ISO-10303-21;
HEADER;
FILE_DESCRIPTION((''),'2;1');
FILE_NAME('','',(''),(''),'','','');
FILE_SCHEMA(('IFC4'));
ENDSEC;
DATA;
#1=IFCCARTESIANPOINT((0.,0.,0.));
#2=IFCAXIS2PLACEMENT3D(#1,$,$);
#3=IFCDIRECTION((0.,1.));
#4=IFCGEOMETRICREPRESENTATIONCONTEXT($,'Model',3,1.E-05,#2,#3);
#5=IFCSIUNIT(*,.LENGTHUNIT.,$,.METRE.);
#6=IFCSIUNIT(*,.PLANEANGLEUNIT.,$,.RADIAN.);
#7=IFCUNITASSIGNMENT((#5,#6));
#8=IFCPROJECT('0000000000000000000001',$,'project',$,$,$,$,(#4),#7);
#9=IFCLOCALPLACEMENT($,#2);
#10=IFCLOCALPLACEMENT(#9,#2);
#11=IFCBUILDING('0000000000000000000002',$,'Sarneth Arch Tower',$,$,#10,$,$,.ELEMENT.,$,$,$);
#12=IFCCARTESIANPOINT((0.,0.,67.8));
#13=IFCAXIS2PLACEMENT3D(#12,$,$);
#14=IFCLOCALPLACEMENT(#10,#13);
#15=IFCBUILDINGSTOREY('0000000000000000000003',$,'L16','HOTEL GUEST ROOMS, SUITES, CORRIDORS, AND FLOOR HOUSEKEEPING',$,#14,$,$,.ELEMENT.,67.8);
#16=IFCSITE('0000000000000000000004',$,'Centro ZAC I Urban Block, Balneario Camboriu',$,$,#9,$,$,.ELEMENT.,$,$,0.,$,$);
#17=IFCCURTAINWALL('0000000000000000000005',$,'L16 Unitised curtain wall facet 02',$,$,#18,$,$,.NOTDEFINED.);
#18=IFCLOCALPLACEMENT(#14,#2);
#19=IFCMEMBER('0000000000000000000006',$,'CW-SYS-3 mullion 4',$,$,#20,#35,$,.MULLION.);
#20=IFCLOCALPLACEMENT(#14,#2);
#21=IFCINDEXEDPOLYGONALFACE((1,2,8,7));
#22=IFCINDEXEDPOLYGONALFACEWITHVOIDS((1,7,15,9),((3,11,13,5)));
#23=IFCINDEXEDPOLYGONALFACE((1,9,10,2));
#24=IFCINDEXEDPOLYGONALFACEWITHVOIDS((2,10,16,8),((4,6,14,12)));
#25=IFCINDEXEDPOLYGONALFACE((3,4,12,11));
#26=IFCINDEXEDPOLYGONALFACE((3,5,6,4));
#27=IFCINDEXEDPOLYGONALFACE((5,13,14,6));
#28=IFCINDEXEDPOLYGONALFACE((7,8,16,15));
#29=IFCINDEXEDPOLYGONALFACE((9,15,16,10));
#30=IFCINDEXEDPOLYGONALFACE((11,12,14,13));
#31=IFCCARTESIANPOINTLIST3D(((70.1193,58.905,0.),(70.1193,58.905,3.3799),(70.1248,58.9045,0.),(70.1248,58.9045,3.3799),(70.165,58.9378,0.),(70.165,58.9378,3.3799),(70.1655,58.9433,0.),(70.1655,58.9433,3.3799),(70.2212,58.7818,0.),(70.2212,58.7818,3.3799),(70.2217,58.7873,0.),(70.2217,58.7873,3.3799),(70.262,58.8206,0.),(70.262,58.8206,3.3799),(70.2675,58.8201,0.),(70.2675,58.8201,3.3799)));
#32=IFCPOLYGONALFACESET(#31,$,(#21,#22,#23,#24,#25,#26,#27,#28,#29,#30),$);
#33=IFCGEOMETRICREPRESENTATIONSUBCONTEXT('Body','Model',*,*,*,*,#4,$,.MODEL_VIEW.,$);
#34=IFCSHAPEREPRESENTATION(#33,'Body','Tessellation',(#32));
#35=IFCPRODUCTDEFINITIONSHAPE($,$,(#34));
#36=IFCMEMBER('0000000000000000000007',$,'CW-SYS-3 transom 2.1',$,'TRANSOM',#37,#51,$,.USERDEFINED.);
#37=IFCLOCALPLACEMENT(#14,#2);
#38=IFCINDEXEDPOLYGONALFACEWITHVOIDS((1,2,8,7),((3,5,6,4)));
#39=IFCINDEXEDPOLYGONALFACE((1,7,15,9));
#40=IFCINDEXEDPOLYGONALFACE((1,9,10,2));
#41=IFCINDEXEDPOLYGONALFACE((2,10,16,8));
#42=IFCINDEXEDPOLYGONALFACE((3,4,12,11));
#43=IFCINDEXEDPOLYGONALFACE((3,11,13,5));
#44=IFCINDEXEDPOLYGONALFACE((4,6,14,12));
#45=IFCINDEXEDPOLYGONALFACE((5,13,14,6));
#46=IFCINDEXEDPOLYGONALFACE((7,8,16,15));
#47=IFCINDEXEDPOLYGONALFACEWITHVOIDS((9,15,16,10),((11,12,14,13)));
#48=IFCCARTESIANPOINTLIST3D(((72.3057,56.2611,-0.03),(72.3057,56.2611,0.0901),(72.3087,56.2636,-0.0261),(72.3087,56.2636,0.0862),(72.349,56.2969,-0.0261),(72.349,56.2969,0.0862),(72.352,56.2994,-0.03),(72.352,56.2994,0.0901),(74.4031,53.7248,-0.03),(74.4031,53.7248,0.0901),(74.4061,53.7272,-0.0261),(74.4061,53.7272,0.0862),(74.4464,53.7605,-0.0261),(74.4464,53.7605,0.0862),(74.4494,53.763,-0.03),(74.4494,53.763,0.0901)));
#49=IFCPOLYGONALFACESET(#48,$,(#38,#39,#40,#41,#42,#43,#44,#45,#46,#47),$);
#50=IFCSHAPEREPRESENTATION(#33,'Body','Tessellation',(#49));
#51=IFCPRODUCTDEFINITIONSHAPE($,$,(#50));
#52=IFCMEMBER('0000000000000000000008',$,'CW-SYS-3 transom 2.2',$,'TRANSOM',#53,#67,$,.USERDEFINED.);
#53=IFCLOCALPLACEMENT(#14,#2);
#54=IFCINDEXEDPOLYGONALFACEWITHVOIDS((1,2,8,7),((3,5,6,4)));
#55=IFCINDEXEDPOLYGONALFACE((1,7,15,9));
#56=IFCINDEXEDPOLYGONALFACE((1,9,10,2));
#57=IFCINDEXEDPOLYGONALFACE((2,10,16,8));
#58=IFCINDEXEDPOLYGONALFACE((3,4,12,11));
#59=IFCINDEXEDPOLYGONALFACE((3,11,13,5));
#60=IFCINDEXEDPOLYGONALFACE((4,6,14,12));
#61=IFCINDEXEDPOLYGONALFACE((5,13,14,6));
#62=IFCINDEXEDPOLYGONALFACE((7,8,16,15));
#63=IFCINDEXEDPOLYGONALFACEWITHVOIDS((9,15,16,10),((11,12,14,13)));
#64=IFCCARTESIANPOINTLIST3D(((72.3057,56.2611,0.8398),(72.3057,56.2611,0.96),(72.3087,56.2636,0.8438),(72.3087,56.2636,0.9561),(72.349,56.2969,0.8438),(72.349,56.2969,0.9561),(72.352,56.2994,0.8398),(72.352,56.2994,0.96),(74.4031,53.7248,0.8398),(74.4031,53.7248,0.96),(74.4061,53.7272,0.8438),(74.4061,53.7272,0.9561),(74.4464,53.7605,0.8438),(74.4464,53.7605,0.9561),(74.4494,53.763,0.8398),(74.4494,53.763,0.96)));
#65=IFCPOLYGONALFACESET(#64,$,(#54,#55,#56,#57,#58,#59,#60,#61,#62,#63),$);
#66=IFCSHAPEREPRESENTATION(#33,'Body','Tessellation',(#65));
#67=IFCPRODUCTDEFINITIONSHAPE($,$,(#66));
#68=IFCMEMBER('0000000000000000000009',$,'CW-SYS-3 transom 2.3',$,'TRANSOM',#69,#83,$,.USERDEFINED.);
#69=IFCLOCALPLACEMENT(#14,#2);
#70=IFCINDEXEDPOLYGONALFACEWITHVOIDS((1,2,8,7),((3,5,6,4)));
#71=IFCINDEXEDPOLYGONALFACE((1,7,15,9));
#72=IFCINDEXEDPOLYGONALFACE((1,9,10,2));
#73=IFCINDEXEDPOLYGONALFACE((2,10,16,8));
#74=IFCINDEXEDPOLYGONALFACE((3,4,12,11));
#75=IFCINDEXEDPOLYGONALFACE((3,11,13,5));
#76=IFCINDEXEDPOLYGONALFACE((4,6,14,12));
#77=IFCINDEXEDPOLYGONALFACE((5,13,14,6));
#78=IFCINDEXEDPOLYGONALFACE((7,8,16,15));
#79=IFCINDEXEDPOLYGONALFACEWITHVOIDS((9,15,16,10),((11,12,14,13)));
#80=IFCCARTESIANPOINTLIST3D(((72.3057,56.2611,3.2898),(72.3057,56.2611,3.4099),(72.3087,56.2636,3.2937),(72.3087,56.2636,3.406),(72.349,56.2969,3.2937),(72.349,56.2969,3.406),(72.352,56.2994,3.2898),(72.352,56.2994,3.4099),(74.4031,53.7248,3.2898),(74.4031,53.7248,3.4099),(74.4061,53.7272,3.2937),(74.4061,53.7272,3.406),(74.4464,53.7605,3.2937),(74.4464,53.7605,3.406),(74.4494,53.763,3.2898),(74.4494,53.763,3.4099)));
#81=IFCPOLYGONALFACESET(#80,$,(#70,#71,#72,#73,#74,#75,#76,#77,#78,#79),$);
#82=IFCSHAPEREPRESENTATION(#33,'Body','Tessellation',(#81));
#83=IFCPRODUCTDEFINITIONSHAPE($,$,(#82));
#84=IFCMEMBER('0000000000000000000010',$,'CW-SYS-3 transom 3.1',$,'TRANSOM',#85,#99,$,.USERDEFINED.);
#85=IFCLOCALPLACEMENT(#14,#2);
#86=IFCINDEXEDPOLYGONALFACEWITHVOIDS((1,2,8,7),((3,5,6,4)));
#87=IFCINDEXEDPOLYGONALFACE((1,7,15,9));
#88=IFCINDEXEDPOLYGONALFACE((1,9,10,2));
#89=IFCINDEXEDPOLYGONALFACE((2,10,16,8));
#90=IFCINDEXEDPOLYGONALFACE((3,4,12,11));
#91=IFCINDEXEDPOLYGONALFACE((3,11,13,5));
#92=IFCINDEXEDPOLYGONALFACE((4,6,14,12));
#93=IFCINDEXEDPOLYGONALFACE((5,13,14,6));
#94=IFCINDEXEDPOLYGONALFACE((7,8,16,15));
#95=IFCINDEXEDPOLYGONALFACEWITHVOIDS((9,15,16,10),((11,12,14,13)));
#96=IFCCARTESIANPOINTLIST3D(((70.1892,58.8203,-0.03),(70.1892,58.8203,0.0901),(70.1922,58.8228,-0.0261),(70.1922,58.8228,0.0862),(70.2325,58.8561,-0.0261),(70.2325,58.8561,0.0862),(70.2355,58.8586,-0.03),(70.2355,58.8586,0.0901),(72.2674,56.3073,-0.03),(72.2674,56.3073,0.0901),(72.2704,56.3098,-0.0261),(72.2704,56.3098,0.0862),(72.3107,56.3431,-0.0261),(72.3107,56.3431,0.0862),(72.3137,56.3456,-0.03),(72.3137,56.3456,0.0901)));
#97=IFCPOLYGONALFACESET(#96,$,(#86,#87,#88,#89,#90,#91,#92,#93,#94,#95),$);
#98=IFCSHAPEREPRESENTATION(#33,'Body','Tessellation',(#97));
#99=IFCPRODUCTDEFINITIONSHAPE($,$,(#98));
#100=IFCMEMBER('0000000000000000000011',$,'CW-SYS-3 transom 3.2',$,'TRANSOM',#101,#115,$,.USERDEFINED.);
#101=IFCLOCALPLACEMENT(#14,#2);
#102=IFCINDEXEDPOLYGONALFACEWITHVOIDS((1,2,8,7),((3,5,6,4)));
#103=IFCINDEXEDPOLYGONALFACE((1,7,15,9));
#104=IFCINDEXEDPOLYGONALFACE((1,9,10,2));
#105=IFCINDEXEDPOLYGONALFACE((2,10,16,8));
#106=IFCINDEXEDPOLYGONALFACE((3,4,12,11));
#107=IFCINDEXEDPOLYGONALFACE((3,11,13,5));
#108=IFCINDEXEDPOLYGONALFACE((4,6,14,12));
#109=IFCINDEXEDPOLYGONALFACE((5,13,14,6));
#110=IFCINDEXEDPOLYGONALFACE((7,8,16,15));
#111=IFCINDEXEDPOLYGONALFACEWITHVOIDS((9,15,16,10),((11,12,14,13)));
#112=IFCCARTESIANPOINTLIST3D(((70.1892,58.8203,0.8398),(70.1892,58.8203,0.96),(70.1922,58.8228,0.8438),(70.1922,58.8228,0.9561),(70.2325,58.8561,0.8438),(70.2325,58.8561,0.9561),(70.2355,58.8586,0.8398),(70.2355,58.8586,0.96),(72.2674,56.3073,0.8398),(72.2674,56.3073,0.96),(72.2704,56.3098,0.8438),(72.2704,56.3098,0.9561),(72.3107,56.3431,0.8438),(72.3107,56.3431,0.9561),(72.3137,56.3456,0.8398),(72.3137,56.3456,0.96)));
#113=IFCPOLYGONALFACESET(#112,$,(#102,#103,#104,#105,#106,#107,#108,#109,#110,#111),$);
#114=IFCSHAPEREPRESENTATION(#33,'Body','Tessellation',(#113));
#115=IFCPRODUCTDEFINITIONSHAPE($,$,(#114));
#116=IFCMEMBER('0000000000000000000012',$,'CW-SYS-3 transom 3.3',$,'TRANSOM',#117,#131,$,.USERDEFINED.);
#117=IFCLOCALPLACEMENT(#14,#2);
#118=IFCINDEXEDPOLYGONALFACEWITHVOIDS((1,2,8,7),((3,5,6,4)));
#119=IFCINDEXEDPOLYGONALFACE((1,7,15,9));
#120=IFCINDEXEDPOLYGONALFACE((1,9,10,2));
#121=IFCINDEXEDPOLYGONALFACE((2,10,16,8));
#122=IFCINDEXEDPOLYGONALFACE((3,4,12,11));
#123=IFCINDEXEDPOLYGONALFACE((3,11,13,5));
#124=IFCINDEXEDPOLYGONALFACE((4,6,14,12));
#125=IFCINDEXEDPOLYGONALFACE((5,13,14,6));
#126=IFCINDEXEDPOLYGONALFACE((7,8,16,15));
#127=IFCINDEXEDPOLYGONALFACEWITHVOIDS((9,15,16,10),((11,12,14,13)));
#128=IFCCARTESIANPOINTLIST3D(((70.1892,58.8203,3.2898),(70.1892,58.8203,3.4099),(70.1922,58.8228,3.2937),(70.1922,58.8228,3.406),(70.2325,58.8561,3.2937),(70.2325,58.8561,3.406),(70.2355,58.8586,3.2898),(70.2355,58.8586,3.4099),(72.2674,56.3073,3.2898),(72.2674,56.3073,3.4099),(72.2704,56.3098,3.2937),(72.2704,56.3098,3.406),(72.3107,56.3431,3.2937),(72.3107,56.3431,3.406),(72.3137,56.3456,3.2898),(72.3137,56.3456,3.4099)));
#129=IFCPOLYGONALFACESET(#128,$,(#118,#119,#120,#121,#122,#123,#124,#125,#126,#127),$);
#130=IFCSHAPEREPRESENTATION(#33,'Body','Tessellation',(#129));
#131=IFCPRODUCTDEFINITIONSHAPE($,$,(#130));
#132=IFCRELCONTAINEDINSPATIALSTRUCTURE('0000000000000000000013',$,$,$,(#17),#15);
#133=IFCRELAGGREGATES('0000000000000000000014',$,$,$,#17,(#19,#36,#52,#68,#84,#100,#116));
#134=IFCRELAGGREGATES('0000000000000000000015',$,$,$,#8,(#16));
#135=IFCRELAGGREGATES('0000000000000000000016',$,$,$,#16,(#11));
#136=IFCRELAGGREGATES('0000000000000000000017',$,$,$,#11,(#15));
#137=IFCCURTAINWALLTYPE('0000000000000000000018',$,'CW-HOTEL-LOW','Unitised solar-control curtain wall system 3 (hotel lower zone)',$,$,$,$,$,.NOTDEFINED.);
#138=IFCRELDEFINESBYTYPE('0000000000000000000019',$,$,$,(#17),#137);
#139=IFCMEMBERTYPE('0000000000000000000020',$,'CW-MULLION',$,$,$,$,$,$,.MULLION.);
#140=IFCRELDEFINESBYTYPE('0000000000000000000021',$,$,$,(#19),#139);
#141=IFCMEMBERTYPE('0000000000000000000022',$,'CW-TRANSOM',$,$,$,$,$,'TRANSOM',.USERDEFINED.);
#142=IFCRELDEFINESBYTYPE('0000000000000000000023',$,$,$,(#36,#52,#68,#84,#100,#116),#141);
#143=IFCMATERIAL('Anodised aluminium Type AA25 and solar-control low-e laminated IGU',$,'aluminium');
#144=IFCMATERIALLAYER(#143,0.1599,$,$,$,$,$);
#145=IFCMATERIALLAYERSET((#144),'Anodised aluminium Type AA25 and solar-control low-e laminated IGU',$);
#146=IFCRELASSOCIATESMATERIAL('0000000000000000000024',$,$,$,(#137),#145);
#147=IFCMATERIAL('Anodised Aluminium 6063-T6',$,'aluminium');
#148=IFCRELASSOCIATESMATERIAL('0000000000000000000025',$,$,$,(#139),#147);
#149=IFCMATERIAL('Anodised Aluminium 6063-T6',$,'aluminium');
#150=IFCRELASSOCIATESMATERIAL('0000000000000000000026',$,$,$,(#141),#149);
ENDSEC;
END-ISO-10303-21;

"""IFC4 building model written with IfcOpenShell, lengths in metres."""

from ifc_helpers import new_model, si_unit, direction, frame, origin, origin_2d, place, context, subcontext, project, spatial, hollow_rectangle, extrude, material, layer, layer_set, material_profile, profile_set, type_object, element, aggregate, save


model = new_model("IFC4")

# Units and contexts
model_context = context("Model", 3, precision=1e-05, world=origin(), true_north=direction((0.0, 1.0)))
body_context = subcontext(model_context, "Body", "Model", "MODEL_VIEW")
ifc_project = project(units=[si_unit("LENGTHUNIT", "METRE"), si_unit("PLANEANGLEUNIT", "RADIAN")], contexts=[model_context])

# Site, building, storey
site_placement = place(None, origin())
site = spatial("IfcSite", under=ifc_project, at=site_placement, Name="Centro ZAC I Urban Block, Balneario Camboriu", CompositionType="ELEMENT", RefElevation=0.0)
building_placement = place(site_placement, origin())
building = spatial("IfcBuilding", under=site, at=building_placement, Name="Sarneth Arch Tower", CompositionType="ELEMENT")
storey_placement = place(building_placement, frame((0.0, 0.0, 67.8)))
storey = spatial("IfcBuildingStorey", under=building, at=storey_placement, Name="L16", Description="HOTEL GUEST ROOMS, SUITES, CORRIDORS, AND FLOOR HOUSEKEEPING", CompositionType="ELEMENT", Elevation=67.8)

# Curtain wall, members
ifc_material_1 = material(Name="Anodised aluminium Type AA25 and solar-control low-e laminated IGU", Category="aluminium")
ifc_layer_1 = layer(ifc_material_1, 0.1599)
ifc_layer_set_1 = layer_set([ifc_layer_1], Name="Anodised aluminium Type AA25 and solar-control low-e laminated IGU")
curtain_wall_type = type_object("IfcCurtainWallType", Name="CW-HOTEL-LOW", Description="Unitised solar-control curtain wall system 3 (hotel lower zone)", PredefinedType="NOTDEFINED", material=ifc_layer_set_1)
curtain_wall_placement = place(storey_placement, origin())
curtain_wall = element("IfcCurtainWall", 1, at=curtain_wall_placement, inside=storey, type_object=curtain_wall_type, Name="L16 Unitised curtain wall facet 02", PredefinedType="NOTDEFINED")
ifc_material_2 = material(Name="Anodised Aluminium 6063-T6", Category="aluminium")
ifc_material_profile_1 = material_profile(ifc_material_2, hollow_rectangle(XDim=0.0601, YDim=0.1599, WallThickness=0.0039, at=origin_2d()), Name="AL-MULL-160x60x4")
ifc_profile_set_1 = profile_set([ifc_material_profile_1], Name="Anodised Aluminium 6063-T6")
member_type_1 = type_object("IfcMemberType", Name="CW-MULLION", PredefinedType="MULLION", material=ifc_profile_set_1)
member_1_placement = place(storey_placement, frame((70.1934, 58.8625, 0.0), z_axis=(0.0, 0.0, 1.0), x_axis=(-0.770623, -0.637291, 0.0)))
member_1 = element("IfcMember", 2, at=member_1_placement, type_object=member_type_1, Name="CW-SYS-3 mullion 4", PredefinedType="MULLION", context=body_context, shape_type="SweptSolid", body=[
    extrude(hollow_rectangle(XDim=0.0601, YDim=0.1599, WallThickness=0.0039, at=origin_2d()), origin(), (0.0, 0.0, 1.0), 3.3799),
])
ifc_material_3 = material(Name="Anodised Aluminium 6063-T6", Category="aluminium")
ifc_material_profile_2 = material_profile(ifc_material_3, hollow_rectangle(XDim=0.0601, YDim=0.1201, WallThickness=0.0039, at=origin_2d()), Name="AL-TRAN-120x60x4")
ifc_profile_set_2 = profile_set([ifc_material_profile_2], Name="Anodised Aluminium 6063-T6")
member_type_2 = type_object("IfcMemberType", Name="CW-TRANSOM", ElementType="TRANSOM", PredefinedType="USERDEFINED", material=ifc_profile_set_2)
member_2_placement = place(storey_placement, frame((74.4263, 53.7439, 0.03), z_axis=(-0.637269, 0.770642, 0.0), x_axis=(-0.770642, -0.637269, 0.0)))
member_2 = element("IfcMember", 3, at=member_2_placement, type_object=member_type_2, Name="CW-SYS-3 transom 2.1", ObjectType="TRANSOM", PredefinedType="USERDEFINED", context=body_context, shape_type="SweptSolid", body=[
    extrude(hollow_rectangle(XDim=0.0601, YDim=0.1201, WallThickness=0.0039, at=origin_2d()), origin(), (0.0, 0.0, 1.0), 3.2913),
])
member_3_placement = place(storey_placement, frame((74.4263, 53.7439, 0.8999), z_axis=(-0.637269, 0.770642, 0.0), x_axis=(-0.770642, -0.637269, 0.0)))
member_3 = element("IfcMember", 4, at=member_3_placement, type_object=member_type_2, Name="CW-SYS-3 transom 2.2", ObjectType="TRANSOM", PredefinedType="USERDEFINED", context=body_context, shape_type="SweptSolid", body=[
    extrude(hollow_rectangle(XDim=0.0601, YDim=0.1201, WallThickness=0.0039, at=origin_2d()), origin(), (0.0, 0.0, 1.0), 3.2913),
])
member_4_placement = place(storey_placement, frame((74.4263, 53.7439, 3.3499), z_axis=(-0.637269, 0.770642, 0.0), x_axis=(-0.770642, -0.637269, 0.0)))
member_4 = element("IfcMember", 5, at=member_4_placement, type_object=member_type_2, Name="CW-SYS-3 transom 2.3", ObjectType="TRANSOM", PredefinedType="USERDEFINED", context=body_context, shape_type="SweptSolid", body=[
    extrude(hollow_rectangle(XDim=0.0601, YDim=0.1201, WallThickness=0.0039, at=origin_2d()), origin(), (0.0, 0.0, 1.0), 3.2913),
])
member_5_placement = place(storey_placement, frame((72.2905, 56.3264, 0.03), z_axis=(-0.637286, 0.770628, 0.0), x_axis=(-0.770628, -0.637286, 0.0)))
member_5 = element("IfcMember", 6, at=member_5_placement, type_object=member_type_2, Name="CW-SYS-3 transom 3.1", ObjectType="TRANSOM", PredefinedType="USERDEFINED", context=body_context, shape_type="SweptSolid", body=[
    extrude(hollow_rectangle(XDim=0.0601, YDim=0.1201, WallThickness=0.0039, at=origin_2d()), origin(), (0.0, 0.0, 1.0), 3.261),
])
member_6_placement = place(storey_placement, frame((72.2905, 56.3264, 0.8999), z_axis=(-0.637286, 0.770628, 0.0), x_axis=(-0.770628, -0.637286, 0.0)))
member_6 = element("IfcMember", 7, at=member_6_placement, type_object=member_type_2, Name="CW-SYS-3 transom 3.2", ObjectType="TRANSOM", PredefinedType="USERDEFINED", context=body_context, shape_type="SweptSolid", body=[
    extrude(hollow_rectangle(XDim=0.0601, YDim=0.1201, WallThickness=0.0039, at=origin_2d()), origin(), (0.0, 0.0, 1.0), 3.261),
])
member_7_placement = place(storey_placement, frame((72.2905, 56.3264, 3.3499), z_axis=(-0.637286, 0.770628, 0.0), x_axis=(-0.770628, -0.637286, 0.0)))
member_7 = element("IfcMember", 8, at=member_7_placement, type_object=member_type_2, Name="CW-SYS-3 transom 3.3", ObjectType="TRANSOM", PredefinedType="USERDEFINED", context=body_context, shape_type="SweptSolid", body=[
    extrude(hollow_rectangle(XDim=0.0601, YDim=0.1201, WallThickness=0.0039, at=origin_2d()), origin(), (0.0, 0.0, 1.0), 3.261),
])

aggregate(curtain_wall, [member_1, member_2, member_3, member_4, member_5, member_6, member_7])

save(model, "model.ifc")
